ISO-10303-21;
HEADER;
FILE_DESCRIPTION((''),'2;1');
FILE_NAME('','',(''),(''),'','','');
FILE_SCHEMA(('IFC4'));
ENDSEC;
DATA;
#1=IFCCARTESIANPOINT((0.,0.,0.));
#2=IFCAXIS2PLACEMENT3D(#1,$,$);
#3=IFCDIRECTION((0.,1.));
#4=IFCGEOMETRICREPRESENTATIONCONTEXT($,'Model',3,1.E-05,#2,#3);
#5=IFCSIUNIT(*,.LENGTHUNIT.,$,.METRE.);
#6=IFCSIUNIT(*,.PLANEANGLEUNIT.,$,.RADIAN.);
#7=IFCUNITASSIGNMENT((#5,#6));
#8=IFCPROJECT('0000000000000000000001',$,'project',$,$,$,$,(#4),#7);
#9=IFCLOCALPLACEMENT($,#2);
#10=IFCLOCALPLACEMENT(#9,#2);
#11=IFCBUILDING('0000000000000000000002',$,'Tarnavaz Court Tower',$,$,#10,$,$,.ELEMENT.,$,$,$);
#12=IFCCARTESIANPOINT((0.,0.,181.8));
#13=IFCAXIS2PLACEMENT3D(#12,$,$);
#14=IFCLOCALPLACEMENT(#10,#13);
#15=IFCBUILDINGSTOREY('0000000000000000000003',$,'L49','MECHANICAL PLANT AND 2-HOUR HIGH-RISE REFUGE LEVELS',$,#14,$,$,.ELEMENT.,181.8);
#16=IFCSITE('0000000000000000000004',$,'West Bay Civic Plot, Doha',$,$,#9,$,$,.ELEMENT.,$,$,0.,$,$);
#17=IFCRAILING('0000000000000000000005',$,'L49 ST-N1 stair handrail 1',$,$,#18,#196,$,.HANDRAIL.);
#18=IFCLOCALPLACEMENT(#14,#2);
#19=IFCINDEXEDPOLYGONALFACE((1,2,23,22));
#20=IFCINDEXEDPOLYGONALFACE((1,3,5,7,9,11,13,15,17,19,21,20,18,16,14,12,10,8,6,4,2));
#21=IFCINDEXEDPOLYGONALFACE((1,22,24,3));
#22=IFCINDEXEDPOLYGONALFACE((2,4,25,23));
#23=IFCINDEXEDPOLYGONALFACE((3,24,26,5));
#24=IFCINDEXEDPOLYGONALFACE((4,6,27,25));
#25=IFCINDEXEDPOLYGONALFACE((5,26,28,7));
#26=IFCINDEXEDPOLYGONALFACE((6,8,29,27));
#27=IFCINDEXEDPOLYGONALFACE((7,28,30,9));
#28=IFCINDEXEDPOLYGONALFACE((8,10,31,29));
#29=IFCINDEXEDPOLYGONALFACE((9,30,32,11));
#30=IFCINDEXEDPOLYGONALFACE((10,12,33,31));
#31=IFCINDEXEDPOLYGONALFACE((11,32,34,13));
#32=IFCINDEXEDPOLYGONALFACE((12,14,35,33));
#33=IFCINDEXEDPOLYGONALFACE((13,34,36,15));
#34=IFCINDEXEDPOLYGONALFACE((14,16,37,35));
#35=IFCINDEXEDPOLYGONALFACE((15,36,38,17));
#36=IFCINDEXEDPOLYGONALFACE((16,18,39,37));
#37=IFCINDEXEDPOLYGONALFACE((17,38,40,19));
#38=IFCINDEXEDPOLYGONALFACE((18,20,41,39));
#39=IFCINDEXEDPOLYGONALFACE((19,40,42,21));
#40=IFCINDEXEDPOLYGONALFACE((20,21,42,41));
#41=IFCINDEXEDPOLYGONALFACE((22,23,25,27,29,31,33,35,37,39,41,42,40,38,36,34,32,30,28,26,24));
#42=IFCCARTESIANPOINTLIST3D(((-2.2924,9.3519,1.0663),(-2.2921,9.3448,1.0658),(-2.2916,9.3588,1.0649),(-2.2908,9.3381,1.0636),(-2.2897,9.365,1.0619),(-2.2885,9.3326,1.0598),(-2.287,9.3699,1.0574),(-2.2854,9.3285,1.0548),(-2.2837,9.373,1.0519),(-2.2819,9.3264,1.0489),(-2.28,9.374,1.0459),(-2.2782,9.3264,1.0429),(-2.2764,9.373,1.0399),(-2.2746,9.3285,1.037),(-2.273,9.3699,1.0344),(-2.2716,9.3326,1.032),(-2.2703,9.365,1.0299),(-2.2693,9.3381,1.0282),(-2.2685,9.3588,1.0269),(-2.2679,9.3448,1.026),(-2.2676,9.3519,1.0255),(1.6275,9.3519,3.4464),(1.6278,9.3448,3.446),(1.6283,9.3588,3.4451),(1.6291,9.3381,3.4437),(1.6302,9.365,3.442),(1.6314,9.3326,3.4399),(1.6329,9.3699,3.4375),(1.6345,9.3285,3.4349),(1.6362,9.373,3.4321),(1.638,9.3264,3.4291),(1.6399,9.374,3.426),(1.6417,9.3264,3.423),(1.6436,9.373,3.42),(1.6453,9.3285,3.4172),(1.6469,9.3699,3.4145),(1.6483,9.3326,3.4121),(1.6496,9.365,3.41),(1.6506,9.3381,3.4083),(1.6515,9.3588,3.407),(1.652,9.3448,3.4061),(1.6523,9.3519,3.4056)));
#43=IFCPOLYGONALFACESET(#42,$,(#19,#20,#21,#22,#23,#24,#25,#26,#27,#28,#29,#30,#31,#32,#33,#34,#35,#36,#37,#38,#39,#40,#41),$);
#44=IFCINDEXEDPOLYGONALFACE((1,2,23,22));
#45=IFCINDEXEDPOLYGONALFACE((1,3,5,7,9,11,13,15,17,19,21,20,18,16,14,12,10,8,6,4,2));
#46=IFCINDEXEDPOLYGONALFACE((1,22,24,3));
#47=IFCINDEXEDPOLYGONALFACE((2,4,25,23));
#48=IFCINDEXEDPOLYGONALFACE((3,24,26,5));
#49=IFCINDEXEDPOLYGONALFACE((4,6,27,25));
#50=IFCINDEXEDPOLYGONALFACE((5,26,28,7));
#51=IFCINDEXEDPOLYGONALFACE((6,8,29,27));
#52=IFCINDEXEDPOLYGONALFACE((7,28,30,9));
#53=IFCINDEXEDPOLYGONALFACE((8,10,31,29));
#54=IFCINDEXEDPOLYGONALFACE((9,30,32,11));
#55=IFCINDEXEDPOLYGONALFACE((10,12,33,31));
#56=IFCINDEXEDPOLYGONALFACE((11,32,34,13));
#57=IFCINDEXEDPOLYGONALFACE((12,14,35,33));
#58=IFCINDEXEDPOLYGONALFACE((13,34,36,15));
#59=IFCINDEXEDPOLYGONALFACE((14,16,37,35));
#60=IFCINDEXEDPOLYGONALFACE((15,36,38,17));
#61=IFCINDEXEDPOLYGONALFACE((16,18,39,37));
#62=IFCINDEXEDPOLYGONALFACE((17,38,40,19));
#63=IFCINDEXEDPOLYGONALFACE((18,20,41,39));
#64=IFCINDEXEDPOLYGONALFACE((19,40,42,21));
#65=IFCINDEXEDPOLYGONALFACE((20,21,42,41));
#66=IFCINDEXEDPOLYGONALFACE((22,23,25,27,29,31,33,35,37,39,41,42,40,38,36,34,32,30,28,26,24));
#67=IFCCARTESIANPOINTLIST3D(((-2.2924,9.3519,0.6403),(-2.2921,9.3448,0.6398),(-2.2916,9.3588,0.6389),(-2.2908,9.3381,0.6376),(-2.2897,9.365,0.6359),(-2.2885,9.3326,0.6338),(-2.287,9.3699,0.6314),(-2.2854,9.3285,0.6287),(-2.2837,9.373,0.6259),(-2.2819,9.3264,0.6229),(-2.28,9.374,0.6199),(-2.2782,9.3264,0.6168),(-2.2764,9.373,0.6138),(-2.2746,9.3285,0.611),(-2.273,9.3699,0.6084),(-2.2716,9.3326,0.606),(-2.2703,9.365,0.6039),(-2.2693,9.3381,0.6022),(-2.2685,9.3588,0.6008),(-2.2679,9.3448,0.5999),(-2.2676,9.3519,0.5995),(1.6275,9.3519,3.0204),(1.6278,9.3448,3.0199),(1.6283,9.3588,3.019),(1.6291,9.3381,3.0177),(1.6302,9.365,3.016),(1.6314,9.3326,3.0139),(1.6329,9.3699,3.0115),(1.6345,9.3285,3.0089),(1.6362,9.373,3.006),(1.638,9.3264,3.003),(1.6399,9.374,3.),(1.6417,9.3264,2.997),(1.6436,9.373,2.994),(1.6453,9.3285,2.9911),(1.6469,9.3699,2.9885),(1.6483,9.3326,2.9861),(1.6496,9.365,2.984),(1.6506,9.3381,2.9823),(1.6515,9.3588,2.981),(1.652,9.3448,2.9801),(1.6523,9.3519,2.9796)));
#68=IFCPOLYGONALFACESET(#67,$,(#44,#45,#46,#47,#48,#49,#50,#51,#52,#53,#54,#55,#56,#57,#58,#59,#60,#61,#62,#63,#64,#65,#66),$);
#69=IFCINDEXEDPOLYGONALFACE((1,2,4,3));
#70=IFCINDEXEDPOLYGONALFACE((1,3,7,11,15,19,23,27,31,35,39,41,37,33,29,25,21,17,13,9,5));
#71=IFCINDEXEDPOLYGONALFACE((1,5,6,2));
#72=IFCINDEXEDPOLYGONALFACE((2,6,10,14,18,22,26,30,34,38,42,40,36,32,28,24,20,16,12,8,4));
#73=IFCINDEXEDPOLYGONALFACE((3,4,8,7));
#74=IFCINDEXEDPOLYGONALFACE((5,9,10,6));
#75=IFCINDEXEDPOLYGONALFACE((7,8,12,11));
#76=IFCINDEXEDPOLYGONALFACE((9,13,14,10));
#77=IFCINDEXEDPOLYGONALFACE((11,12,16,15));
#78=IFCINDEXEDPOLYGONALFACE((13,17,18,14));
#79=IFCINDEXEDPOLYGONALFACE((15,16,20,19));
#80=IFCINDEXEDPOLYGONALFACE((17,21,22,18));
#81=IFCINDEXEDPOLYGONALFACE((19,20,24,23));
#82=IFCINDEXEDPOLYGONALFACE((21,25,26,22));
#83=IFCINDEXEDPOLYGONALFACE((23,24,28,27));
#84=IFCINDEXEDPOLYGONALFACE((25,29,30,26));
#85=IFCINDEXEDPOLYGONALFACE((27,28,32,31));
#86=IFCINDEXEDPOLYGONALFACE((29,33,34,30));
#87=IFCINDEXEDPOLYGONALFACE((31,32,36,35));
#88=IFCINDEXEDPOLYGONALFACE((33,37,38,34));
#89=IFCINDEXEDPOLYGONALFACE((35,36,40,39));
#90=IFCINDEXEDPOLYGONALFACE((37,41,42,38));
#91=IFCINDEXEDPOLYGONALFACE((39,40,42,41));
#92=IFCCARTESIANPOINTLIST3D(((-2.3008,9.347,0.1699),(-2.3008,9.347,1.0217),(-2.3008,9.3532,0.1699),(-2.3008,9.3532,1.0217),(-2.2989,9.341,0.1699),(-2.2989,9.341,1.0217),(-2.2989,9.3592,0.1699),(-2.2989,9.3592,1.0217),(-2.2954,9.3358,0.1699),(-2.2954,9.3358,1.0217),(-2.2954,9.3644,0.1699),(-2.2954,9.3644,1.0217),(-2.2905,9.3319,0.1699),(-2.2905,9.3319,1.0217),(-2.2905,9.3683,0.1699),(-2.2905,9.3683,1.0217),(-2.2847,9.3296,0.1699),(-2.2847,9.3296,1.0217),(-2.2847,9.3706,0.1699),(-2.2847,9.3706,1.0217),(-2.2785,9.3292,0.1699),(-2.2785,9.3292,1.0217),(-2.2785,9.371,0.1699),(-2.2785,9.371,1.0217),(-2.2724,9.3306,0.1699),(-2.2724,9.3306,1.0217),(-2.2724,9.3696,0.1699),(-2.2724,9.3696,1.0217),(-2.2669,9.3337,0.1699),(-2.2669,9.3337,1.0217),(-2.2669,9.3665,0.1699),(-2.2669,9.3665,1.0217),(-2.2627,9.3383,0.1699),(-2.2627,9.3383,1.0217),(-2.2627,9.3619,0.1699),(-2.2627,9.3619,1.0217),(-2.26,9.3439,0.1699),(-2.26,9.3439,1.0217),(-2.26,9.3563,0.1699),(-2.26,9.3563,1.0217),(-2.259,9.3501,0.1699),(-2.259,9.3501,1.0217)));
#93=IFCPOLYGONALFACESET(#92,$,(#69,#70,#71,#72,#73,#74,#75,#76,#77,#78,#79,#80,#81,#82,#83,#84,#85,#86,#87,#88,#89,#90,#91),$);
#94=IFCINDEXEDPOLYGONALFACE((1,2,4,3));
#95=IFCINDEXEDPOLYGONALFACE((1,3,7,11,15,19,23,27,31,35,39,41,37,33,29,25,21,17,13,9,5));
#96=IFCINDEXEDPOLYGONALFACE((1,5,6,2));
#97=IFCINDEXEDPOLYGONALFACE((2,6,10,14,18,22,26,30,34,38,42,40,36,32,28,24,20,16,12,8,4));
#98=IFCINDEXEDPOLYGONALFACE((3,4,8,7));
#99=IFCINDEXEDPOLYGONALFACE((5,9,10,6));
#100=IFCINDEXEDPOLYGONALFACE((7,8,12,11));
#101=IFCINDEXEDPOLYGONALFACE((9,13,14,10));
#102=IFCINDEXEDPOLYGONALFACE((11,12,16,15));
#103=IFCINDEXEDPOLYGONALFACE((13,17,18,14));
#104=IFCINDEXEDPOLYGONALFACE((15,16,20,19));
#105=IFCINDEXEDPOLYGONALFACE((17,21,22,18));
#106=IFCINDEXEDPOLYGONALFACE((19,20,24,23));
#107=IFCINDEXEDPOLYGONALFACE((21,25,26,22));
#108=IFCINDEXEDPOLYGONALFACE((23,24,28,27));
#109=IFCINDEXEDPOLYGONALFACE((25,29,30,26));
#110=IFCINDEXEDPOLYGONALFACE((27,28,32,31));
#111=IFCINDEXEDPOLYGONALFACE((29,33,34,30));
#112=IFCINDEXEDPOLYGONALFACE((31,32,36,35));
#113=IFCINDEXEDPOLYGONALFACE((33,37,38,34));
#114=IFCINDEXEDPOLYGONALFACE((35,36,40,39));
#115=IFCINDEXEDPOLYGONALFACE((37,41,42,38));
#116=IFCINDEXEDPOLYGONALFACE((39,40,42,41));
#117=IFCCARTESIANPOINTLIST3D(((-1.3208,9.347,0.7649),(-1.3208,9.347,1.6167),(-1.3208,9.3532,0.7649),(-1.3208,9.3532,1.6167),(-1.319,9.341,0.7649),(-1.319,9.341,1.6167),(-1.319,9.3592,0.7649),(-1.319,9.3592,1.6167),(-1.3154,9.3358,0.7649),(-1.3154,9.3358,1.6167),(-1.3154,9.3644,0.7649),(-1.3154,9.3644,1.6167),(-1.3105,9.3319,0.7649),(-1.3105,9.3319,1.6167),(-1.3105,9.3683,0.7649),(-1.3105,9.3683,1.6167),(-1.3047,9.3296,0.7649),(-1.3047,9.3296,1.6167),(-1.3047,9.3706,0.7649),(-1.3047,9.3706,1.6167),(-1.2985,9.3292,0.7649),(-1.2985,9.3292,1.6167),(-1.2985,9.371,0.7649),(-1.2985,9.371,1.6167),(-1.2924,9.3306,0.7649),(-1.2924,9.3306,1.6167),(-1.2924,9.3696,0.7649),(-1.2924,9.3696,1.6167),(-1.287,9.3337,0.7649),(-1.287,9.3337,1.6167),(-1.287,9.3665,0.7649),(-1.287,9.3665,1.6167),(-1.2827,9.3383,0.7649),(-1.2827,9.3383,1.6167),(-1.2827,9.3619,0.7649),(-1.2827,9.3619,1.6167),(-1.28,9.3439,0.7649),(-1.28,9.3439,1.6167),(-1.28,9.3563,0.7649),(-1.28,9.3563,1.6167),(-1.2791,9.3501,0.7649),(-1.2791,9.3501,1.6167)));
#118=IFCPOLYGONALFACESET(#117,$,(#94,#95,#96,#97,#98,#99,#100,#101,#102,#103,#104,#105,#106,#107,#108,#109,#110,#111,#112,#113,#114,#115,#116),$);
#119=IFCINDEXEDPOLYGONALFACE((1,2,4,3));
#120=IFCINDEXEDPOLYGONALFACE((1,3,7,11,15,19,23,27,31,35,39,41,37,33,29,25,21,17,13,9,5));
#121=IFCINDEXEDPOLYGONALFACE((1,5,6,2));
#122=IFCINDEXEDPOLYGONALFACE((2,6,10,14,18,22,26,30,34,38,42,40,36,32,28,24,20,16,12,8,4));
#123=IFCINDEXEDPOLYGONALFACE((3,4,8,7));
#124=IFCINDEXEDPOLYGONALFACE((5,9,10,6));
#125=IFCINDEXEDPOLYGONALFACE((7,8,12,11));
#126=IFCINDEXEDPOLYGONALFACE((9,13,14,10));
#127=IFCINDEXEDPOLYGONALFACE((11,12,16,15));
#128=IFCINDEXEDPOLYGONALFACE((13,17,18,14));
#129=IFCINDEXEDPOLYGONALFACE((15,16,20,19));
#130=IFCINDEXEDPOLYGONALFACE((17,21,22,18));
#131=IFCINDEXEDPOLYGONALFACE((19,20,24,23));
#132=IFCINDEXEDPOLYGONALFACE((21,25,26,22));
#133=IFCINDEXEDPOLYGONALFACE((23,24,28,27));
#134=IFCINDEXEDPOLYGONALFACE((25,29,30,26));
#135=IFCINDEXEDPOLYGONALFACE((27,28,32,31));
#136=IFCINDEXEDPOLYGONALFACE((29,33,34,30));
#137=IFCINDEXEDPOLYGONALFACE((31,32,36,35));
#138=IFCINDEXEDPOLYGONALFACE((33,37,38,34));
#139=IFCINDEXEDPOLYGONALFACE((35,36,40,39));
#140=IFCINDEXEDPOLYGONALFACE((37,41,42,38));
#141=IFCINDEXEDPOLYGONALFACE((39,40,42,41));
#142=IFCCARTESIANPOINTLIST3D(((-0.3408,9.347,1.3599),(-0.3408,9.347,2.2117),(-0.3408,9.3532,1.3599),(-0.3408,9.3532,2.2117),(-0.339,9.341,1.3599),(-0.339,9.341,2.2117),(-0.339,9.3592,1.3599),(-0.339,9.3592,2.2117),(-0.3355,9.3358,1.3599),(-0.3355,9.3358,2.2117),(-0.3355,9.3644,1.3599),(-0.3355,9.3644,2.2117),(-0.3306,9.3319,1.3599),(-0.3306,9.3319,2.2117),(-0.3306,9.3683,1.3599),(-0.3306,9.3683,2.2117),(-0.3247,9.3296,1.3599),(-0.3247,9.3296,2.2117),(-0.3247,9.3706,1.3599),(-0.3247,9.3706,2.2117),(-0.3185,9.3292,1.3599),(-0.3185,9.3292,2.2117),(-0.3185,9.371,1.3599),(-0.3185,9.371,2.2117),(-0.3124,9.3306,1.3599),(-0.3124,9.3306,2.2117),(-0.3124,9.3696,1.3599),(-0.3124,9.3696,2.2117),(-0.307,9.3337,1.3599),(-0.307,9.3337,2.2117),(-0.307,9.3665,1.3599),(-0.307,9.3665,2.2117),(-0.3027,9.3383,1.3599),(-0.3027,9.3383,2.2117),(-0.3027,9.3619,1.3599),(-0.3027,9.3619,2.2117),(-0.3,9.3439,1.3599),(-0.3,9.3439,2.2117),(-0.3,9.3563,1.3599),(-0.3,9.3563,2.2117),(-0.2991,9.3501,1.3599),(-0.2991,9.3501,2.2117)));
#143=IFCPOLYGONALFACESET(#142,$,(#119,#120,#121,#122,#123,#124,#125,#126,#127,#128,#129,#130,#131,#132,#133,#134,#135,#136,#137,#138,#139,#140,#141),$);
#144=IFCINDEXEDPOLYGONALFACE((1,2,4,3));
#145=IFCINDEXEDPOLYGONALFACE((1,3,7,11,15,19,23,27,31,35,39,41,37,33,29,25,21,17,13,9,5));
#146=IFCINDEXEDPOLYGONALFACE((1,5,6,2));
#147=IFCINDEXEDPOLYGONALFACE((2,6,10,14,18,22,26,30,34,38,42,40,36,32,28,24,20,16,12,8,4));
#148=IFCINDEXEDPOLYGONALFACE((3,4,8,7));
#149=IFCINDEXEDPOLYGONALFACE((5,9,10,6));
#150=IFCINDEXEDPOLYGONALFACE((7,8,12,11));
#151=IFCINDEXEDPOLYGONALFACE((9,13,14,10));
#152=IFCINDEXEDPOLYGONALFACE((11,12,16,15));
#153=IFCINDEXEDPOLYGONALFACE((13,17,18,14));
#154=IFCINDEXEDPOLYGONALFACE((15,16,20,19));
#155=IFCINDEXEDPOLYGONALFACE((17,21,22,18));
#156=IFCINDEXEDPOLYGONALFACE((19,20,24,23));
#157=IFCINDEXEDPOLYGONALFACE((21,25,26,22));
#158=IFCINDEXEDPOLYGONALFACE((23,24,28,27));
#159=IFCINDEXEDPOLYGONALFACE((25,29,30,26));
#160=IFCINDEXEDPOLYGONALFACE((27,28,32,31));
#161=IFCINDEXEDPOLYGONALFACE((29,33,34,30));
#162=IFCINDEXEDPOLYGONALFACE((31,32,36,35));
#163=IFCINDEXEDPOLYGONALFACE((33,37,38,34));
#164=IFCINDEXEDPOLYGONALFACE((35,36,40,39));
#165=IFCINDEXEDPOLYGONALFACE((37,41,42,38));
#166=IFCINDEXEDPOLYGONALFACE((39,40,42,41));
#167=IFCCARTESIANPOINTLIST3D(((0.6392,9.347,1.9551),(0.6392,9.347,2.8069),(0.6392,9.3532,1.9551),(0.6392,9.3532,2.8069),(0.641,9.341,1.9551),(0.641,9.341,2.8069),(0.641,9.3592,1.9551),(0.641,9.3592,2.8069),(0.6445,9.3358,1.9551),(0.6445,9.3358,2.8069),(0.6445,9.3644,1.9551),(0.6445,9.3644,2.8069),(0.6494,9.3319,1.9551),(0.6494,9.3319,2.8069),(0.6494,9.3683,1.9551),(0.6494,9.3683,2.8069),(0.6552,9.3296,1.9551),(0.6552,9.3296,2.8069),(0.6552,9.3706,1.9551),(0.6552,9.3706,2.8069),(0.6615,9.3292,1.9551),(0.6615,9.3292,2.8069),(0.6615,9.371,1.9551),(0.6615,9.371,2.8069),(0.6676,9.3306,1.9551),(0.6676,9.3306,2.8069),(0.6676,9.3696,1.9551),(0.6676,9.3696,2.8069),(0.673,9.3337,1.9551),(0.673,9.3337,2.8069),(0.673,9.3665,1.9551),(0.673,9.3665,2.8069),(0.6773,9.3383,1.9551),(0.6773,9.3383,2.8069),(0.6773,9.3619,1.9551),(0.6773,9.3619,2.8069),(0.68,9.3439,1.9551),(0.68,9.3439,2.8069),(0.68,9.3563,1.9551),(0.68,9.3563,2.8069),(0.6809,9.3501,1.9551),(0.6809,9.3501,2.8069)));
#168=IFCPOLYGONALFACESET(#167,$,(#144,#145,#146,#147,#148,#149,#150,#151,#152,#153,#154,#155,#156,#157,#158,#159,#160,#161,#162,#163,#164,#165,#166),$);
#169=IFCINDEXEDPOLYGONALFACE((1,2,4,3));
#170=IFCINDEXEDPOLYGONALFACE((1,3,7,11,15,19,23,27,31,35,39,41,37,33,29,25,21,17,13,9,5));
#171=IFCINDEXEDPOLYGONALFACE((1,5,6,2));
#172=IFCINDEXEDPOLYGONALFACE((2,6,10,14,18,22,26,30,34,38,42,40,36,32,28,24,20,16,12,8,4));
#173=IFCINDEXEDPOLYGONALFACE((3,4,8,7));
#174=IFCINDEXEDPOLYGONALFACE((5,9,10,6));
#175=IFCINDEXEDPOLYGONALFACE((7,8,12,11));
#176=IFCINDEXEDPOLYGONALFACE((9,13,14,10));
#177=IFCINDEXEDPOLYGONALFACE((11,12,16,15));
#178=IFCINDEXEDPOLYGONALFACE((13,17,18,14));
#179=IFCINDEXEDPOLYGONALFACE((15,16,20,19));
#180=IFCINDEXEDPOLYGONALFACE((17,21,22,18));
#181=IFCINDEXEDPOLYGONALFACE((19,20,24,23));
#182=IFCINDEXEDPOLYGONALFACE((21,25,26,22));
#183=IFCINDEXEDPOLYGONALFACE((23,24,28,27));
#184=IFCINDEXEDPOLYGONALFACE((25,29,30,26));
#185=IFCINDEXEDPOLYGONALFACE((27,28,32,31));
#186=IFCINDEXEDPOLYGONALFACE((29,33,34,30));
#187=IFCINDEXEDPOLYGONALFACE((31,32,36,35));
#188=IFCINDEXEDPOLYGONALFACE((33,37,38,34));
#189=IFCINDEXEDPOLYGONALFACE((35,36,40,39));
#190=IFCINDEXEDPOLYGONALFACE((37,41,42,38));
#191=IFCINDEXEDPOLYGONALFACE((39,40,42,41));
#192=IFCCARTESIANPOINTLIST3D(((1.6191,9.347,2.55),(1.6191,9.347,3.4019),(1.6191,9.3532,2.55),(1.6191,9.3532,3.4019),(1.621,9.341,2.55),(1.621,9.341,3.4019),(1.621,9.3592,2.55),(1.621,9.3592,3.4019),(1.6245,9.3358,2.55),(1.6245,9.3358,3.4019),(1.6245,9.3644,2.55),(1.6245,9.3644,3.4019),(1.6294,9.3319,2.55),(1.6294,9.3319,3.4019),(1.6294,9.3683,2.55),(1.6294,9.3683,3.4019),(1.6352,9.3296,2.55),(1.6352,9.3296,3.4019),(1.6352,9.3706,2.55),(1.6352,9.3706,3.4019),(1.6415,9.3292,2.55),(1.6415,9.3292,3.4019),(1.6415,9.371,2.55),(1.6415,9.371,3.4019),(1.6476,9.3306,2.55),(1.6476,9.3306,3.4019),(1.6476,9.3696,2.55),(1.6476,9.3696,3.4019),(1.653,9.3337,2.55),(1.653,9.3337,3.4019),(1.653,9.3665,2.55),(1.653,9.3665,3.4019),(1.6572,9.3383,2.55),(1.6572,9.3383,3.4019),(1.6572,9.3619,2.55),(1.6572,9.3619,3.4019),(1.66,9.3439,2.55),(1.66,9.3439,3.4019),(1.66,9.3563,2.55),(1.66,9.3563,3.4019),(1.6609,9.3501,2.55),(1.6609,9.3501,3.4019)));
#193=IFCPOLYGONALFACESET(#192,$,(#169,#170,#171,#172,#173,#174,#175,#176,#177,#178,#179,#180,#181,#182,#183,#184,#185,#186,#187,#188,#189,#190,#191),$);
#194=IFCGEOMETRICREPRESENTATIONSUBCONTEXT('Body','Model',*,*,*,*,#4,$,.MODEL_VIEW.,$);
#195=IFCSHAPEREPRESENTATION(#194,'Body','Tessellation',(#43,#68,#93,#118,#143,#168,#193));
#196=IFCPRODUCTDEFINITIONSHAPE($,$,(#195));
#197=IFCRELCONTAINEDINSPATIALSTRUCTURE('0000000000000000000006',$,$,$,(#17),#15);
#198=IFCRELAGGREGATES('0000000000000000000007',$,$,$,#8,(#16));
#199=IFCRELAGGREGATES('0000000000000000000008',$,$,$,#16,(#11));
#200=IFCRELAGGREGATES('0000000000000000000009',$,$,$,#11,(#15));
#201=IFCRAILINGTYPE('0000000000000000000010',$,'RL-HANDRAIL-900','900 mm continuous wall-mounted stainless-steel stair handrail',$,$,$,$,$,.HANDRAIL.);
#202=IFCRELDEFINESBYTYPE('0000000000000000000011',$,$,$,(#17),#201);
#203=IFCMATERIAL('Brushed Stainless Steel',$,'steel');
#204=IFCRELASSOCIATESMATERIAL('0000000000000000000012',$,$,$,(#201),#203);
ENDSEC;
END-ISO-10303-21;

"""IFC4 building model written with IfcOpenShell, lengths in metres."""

from ifc_helpers import new_model, si_unit, direction, frame, origin, origin_2d, place, context, subcontext, project, spatial, circle, extrude, material, type_object, element, save


model = new_model("IFC4")

# Units and contexts
model_context = context("Model", 3, precision=1e-05, world=origin(), true_north=direction((0.0, 1.0)))
body_context = subcontext(model_context, "Body", "Model", "MODEL_VIEW")
ifc_project = project(units=[si_unit("LENGTHUNIT", "METRE"), si_unit("PLANEANGLEUNIT", "RADIAN")], contexts=[model_context])

# Site, building, storey
site_placement = place(None, origin())
site = spatial("IfcSite", under=ifc_project, at=site_placement, Name="West Bay Civic Plot, Doha", CompositionType="ELEMENT", RefElevation=0.0)
building_placement = place(site_placement, origin())
building = spatial("IfcBuilding", under=site, at=building_placement, Name="Tarnavaz Court Tower", CompositionType="ELEMENT")
storey_placement = place(building_placement, frame((0.0, 0.0, 181.8)))
storey = spatial("IfcBuildingStorey", under=building, at=storey_placement, Name="L49", Description="MECHANICAL PLANT AND 2-HOUR HIGH-RISE REFUGE LEVELS", CompositionType="ELEMENT", Elevation=181.8)

# Railing
ifc_material_1 = material(Name="Brushed Stainless Steel", Category="steel")
railing_type_1 = type_object("IfcRailingType", Name="RL-HANDRAIL-900", Description="900 mm continuous wall-mounted stainless-steel stair handrail", PredefinedType="HANDRAIL", material=ifc_material_1)
railing_1_placement = place(storey_placement, frame((-2.28, 9.3501, 0.1699)))
element("IfcRailing", 1, at=railing_1_placement, inside=storey, type_object=railing_type_1, Name="L49 ST-N1 stair handrail 1", PredefinedType="HANDRAIL", context=body_context, shape_type="SweptSolid", body=[
    extrude(circle(Radius=0.0239, at=origin_2d()), frame((0.0, 0.0, 0.876), z_axis=(0.854771, 0.0, 0.519006), x_axis=(0.0, 1.0, 0.0)), (0.0, 0.0, 1.0), 4.5859),
    extrude(circle(Radius=0.0239, at=origin_2d()), frame((0.0, 0.0, 0.45), z_axis=(0.854771, 0.0, 0.519006), x_axis=(0.0, 1.0, 0.0)), (0.0, 0.0, 1.0), 4.5859),
    extrude(circle(Radius=0.021, at=origin_2d()), origin(), (0.0, 0.0, 1.0), 0.8518),
    extrude(circle(Radius=0.021, at=origin_2d()), frame((0.98, 0.0, 0.595)), (0.0, 0.0, 1.0), 0.8518),
    extrude(circle(Radius=0.021, at=origin_2d()), frame((1.96, 0.0, 1.1899)), (0.0, 0.0, 1.0), 0.8518),
    extrude(circle(Radius=0.021, at=origin_2d()), frame((2.9399, 0.0, 1.7852)), (0.0, 0.0, 1.0), 0.8518),
    extrude(circle(Radius=0.021, at=origin_2d()), frame((3.9199, 0.0, 2.3801)), (0.0, 0.0, 1.0), 0.8518),
])

save(model, "model.ifc")
